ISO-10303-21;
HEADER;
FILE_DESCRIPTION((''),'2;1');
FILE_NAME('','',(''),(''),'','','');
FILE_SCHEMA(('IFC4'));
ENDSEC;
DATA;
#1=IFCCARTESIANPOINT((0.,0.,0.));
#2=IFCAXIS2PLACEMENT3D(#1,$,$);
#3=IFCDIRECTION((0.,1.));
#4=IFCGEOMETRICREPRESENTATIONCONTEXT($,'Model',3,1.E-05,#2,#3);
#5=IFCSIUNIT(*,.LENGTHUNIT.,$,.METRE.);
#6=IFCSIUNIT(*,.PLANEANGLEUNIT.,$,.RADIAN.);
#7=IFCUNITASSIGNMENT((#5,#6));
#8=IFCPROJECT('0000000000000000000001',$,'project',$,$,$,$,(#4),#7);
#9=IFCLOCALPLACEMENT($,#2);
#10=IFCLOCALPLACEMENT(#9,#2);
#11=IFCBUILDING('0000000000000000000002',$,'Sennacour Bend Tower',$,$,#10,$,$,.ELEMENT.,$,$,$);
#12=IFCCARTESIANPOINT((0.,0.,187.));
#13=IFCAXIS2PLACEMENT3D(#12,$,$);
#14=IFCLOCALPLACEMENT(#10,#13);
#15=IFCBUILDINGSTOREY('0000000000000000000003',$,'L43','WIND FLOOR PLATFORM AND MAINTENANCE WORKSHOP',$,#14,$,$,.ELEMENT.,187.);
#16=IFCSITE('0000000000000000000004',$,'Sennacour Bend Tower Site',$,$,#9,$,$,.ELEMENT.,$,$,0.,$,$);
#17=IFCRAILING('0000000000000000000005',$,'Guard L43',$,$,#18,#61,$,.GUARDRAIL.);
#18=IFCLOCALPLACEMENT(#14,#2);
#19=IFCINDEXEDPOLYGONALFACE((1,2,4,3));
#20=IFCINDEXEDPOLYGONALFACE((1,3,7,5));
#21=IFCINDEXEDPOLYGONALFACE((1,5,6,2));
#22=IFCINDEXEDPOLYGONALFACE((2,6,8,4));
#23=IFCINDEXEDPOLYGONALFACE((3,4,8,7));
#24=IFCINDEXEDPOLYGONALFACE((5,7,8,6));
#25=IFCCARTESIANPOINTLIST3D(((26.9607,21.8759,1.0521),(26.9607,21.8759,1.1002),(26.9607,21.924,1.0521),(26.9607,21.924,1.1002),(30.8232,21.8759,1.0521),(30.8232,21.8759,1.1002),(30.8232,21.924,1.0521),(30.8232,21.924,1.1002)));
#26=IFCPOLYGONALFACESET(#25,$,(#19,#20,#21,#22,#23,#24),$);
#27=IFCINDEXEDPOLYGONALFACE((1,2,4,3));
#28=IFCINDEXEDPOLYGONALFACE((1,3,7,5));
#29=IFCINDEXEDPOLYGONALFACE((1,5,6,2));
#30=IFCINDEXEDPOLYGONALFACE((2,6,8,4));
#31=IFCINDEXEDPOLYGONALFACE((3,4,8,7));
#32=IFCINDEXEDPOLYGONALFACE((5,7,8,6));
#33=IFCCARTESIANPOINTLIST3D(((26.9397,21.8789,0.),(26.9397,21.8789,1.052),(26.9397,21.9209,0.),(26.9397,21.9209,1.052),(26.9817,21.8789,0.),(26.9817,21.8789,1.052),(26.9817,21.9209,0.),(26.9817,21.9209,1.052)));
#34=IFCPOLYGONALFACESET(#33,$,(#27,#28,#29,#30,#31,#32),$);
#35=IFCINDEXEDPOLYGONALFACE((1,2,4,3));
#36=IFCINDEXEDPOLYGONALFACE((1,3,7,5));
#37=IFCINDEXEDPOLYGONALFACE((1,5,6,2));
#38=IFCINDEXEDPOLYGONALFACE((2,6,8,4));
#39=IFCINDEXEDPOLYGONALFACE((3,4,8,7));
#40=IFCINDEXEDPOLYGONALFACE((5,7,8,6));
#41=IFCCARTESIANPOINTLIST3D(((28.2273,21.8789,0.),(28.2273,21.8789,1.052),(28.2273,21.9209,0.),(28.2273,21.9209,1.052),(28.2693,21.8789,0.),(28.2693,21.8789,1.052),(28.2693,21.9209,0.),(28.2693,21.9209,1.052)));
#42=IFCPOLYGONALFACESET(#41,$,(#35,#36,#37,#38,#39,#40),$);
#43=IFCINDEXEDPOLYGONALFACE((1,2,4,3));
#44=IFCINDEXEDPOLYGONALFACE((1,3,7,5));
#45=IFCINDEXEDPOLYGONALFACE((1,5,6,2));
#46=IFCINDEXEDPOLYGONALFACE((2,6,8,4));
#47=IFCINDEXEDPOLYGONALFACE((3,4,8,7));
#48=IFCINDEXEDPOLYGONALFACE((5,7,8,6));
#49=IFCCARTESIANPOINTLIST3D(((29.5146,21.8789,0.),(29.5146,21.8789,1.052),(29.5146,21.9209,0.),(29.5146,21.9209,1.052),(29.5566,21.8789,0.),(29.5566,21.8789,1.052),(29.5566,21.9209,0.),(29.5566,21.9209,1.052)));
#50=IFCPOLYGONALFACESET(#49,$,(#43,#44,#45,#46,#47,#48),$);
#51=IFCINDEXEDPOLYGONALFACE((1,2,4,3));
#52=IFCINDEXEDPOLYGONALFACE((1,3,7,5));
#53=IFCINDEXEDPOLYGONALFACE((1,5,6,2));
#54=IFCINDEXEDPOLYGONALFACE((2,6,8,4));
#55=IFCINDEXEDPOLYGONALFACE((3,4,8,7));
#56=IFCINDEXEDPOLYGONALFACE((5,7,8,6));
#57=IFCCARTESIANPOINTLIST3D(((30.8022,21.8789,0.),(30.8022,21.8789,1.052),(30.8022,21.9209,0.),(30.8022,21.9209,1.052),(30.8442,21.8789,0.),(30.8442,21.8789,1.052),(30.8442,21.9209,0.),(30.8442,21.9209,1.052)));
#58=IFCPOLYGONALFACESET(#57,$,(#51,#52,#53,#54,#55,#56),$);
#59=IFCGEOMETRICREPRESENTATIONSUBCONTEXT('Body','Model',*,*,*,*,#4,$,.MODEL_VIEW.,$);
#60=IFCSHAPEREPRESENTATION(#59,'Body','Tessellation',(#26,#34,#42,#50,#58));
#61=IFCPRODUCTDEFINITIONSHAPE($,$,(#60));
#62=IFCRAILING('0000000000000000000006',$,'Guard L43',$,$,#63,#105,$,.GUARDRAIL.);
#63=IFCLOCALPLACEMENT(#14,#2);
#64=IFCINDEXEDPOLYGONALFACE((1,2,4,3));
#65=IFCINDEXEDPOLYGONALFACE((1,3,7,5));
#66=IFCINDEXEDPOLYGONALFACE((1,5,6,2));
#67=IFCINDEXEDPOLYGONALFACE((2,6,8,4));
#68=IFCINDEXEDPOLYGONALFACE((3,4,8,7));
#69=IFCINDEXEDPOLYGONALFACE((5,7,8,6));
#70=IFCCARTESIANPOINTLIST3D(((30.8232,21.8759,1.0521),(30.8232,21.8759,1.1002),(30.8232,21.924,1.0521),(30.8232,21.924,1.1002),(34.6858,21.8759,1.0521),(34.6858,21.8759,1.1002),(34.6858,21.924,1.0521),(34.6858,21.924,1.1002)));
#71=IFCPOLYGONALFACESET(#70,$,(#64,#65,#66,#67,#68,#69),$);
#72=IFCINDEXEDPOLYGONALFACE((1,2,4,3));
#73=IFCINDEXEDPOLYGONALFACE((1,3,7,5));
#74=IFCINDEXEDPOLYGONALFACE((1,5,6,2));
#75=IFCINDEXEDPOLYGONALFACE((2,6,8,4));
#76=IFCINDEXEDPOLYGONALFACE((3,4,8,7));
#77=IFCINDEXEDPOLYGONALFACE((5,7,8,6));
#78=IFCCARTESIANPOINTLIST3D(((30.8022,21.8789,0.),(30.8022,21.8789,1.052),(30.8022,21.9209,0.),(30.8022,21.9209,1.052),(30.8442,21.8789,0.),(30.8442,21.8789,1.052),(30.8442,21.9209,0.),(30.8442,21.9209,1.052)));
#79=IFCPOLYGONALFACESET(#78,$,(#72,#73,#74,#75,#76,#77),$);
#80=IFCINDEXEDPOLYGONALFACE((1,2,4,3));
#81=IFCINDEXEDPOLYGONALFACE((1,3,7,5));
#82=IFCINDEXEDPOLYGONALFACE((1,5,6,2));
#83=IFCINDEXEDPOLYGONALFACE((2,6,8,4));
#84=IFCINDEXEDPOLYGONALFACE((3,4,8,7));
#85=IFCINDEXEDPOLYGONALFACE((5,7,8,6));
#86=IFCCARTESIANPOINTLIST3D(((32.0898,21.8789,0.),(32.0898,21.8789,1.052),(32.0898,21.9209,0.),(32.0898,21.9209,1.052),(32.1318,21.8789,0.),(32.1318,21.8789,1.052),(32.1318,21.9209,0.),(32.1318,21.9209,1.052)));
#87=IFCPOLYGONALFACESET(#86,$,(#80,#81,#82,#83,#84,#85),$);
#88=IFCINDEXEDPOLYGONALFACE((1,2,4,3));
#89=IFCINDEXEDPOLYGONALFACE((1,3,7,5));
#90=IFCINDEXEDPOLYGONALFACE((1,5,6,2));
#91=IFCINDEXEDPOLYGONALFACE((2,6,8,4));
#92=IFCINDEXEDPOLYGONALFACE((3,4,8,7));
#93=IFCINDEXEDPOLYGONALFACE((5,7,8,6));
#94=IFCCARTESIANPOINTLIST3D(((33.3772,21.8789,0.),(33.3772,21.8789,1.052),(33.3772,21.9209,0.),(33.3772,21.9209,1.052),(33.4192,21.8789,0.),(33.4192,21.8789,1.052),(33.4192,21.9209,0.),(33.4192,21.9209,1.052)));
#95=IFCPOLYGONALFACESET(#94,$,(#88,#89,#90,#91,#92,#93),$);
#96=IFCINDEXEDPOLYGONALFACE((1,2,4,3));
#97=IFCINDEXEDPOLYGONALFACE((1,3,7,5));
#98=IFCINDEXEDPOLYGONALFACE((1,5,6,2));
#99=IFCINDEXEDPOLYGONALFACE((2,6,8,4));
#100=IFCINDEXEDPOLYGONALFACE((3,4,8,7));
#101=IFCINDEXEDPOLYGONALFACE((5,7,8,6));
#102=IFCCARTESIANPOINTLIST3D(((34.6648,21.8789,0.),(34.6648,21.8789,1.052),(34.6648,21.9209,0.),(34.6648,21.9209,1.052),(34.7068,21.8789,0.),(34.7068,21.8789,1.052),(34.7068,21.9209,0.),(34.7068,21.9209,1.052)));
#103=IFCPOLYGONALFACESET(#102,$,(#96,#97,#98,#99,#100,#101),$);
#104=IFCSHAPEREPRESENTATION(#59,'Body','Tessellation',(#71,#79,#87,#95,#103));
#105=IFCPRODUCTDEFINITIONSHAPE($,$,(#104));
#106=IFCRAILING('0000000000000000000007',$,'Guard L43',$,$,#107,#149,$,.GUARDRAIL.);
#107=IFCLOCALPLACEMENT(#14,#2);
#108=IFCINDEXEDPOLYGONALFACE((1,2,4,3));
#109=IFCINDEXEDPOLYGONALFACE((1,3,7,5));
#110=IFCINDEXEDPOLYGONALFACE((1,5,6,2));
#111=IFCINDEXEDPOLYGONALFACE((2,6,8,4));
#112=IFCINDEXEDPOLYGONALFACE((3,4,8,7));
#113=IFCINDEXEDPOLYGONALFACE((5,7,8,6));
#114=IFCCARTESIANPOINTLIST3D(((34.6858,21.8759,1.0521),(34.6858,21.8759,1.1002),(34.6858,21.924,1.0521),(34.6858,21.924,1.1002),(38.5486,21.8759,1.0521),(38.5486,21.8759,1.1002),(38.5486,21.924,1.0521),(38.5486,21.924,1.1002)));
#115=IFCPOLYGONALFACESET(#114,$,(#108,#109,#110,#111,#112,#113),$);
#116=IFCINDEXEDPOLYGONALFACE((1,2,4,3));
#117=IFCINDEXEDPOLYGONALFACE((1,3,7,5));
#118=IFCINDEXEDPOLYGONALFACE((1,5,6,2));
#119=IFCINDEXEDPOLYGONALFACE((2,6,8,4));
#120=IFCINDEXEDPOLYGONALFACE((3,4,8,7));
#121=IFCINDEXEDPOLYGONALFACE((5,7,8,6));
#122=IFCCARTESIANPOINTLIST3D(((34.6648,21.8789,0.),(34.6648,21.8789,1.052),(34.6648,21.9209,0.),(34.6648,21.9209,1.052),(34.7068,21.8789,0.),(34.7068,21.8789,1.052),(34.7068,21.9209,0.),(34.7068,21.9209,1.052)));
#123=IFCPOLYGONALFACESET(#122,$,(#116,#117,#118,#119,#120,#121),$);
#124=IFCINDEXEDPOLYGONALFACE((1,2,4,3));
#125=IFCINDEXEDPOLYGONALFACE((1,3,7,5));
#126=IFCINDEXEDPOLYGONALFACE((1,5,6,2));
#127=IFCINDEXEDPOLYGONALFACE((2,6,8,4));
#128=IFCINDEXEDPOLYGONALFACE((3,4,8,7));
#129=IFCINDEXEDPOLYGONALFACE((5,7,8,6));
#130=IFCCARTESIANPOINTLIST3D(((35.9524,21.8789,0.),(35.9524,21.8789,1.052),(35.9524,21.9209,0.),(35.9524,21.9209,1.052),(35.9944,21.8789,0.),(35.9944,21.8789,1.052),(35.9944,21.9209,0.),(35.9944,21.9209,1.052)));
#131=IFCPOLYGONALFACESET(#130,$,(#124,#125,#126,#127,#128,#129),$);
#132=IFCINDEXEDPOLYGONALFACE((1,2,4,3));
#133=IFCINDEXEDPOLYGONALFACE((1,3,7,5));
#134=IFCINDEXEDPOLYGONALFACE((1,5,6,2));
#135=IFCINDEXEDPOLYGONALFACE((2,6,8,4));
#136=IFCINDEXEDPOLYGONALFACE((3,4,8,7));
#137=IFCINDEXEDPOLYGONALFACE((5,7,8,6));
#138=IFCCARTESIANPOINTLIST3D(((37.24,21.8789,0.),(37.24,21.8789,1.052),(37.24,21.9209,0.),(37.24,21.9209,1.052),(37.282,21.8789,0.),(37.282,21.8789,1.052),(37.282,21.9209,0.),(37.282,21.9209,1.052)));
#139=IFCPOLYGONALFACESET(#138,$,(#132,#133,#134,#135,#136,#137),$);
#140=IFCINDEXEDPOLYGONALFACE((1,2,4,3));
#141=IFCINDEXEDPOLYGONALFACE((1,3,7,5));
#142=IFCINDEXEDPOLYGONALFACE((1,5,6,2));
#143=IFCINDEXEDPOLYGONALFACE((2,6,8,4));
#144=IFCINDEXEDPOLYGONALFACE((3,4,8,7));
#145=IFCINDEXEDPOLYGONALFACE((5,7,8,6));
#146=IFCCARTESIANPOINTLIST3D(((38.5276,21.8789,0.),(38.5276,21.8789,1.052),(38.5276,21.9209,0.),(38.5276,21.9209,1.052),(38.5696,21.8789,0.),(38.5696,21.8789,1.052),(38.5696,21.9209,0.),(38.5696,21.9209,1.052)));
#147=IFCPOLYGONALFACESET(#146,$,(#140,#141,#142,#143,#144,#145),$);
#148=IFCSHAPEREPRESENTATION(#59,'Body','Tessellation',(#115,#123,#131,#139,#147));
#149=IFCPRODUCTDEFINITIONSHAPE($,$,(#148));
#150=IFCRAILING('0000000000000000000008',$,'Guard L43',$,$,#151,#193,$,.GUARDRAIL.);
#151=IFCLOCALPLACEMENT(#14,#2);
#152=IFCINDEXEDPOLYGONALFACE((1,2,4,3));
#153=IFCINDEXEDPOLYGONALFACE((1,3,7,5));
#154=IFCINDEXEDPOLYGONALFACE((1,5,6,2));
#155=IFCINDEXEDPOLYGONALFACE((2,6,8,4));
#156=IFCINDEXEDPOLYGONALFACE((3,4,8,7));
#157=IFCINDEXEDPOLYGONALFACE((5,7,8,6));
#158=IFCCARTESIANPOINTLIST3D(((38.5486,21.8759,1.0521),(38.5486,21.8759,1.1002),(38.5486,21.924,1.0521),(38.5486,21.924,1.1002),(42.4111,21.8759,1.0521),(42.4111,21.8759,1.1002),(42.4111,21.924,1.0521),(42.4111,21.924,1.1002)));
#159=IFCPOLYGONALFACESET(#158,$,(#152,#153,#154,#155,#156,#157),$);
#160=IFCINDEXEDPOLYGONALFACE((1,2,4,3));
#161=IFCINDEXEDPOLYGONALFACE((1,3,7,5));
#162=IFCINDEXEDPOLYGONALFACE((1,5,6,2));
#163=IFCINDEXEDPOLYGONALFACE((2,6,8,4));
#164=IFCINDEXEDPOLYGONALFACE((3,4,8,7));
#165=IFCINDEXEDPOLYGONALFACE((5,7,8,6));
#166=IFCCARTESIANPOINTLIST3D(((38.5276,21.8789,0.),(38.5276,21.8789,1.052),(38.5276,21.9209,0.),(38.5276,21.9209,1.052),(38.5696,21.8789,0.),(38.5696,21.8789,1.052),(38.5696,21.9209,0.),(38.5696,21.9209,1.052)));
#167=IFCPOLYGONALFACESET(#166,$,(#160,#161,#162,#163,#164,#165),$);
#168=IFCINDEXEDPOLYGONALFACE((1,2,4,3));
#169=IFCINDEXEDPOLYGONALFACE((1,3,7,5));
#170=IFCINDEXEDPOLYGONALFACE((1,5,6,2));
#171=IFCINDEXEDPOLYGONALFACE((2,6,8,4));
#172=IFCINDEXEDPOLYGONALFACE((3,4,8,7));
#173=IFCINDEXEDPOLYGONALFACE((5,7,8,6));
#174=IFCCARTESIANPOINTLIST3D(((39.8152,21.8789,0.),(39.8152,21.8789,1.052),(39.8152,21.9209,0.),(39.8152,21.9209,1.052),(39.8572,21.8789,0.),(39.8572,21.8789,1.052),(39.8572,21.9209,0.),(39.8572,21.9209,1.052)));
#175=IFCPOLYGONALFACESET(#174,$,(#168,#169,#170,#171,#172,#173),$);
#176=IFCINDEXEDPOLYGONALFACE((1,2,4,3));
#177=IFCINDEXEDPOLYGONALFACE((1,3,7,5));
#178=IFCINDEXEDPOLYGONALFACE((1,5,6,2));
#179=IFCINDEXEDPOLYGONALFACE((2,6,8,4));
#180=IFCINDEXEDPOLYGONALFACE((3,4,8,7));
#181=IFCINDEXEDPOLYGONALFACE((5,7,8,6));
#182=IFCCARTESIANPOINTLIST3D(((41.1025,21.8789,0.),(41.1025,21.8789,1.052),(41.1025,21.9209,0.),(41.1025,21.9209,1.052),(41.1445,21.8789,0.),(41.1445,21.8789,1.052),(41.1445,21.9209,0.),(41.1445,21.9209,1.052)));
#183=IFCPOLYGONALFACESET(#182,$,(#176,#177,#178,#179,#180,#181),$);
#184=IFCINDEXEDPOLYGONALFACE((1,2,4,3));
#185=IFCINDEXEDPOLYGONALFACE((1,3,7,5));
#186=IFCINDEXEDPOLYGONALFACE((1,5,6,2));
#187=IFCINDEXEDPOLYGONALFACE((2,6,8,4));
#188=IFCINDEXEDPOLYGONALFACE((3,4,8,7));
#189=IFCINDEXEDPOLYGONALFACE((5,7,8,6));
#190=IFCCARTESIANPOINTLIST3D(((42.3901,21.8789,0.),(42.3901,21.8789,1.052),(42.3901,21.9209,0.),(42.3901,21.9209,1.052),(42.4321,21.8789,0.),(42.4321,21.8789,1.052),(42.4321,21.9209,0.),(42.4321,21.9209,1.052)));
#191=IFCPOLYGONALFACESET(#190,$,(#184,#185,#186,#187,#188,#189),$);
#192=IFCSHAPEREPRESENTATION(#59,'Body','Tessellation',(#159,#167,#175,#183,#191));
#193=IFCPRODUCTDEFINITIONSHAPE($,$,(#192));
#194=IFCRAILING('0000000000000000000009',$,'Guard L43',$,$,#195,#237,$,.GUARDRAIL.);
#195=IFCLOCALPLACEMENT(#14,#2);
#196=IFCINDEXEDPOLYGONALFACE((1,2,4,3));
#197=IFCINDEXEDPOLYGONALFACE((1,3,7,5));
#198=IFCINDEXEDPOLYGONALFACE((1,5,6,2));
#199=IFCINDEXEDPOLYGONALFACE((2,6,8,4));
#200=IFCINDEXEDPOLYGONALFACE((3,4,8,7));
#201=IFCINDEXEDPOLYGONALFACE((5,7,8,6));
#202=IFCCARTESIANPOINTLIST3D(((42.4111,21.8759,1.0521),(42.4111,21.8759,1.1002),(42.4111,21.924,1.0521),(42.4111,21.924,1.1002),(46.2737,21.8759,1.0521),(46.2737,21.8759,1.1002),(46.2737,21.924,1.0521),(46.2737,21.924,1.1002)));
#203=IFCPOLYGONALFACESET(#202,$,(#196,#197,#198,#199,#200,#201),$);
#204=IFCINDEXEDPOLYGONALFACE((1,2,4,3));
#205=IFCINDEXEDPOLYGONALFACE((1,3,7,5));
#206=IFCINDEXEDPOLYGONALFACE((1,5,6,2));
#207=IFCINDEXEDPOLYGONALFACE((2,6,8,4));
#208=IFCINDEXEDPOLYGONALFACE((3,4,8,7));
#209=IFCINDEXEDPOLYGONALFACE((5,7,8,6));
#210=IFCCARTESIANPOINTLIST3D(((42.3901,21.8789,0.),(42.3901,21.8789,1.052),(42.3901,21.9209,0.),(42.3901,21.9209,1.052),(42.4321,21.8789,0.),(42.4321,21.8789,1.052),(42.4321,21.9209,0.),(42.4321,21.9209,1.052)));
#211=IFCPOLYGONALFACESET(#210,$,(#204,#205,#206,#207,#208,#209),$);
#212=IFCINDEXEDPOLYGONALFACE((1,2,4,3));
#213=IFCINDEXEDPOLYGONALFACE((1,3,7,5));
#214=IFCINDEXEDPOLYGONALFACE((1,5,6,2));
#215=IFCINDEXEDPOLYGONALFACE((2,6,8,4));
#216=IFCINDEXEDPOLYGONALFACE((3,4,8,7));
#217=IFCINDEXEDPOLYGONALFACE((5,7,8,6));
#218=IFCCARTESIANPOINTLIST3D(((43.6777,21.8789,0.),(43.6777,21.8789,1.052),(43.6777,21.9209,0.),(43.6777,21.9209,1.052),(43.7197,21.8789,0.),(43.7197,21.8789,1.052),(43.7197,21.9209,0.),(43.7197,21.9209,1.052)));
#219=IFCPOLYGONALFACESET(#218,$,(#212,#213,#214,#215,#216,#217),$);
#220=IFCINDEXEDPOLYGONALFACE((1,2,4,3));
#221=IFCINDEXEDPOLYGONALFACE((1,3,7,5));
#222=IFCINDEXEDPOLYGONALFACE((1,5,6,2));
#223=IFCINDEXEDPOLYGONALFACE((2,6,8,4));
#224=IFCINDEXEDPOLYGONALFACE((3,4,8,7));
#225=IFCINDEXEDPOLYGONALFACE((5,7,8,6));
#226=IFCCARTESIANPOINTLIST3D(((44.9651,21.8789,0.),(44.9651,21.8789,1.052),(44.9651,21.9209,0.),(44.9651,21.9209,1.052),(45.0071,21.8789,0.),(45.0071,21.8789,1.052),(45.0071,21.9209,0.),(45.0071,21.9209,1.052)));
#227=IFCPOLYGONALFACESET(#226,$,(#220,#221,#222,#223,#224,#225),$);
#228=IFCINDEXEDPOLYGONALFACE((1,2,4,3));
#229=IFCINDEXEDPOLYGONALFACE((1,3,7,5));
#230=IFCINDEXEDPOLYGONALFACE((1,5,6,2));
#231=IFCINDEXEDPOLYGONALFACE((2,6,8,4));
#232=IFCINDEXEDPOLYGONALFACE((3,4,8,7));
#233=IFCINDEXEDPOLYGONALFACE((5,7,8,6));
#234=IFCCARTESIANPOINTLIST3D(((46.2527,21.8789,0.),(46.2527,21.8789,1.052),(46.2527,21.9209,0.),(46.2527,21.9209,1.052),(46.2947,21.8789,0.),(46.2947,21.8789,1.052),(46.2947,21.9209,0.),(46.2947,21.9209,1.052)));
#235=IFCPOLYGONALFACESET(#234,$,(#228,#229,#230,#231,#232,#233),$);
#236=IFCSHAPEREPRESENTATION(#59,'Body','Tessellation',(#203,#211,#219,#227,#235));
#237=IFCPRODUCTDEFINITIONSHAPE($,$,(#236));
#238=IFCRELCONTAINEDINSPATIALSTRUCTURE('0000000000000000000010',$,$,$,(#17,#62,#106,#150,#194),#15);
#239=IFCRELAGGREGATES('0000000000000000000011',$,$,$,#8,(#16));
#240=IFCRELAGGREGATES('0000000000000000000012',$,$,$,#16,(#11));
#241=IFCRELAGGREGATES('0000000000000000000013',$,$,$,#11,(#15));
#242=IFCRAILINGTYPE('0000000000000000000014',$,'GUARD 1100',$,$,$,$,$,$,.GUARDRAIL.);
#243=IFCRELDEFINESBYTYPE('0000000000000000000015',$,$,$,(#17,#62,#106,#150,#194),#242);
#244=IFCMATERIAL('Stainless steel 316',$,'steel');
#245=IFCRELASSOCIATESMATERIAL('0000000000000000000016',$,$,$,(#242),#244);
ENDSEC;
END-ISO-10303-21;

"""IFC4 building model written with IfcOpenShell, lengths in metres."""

from ifc_helpers import new_model, si_unit, direction, frame, origin, origin_2d, place, context, subcontext, project, spatial, rectangle, extrude, material, type_object, element, save


model = new_model("IFC4")

# Units and contexts
model_context = context("Model", 3, precision=1e-05, world=origin(), true_north=direction((0.0, 1.0)))
body_context = subcontext(model_context, "Body", "Model", "MODEL_VIEW")
ifc_project = project(units=[si_unit("LENGTHUNIT", "METRE"), si_unit("PLANEANGLEUNIT", "RADIAN")], contexts=[model_context])

# Site, building, storey
site_placement = place(None, origin())
site = spatial("IfcSite", under=ifc_project, at=site_placement, Name="Sennacour Bend Tower Site", CompositionType="ELEMENT", RefElevation=0.0)
building_placement = place(site_placement, origin())
building = spatial("IfcBuilding", under=site, at=building_placement, Name="Sennacour Bend Tower", CompositionType="ELEMENT")
storey_placement = place(building_placement, frame((0.0, 0.0, 187.0)))
storey = spatial("IfcBuildingStorey", under=building, at=storey_placement, Name="L43", Description="WIND FLOOR PLATFORM AND MAINTENANCE WORKSHOP", CompositionType="ELEMENT", Elevation=187.0)

# Railings
ifc_material_1 = material(Name="Stainless steel 316", Category="steel")
railing_type = type_object("IfcRailingType", Name="GUARD 1100", PredefinedType="GUARDRAIL", material=ifc_material_1)
for number, where, name in (
    (1, (26.9607, 21.8999, 0.0), "Guard L43"),
    (2, (30.8232, 21.8999, 0.0), "Guard L43"),
):
    element("IfcRailing", number, at=place(storey_placement, frame(where)), inside=storey, type_object=railing_type, Name=name, PredefinedType="GUARDRAIL", context=body_context, shape_type="SweptSolid", body=[
        extrude(rectangle(XDim=0.0481, YDim=0.0481, at=origin_2d()), frame((0.0, 0.0, 1.0762), z_axis=(1.0, 0.0, 0.0), x_axis=(0.0, 1.0, 0.0)), (0.0, 0.0, 1.0), 3.8625),
        extrude(rectangle(XDim=0.042, YDim=0.042, at=origin_2d()), origin(), (0.0, 0.0, 1.0), 1.052),
        extrude(rectangle(XDim=0.042, YDim=0.042, at=origin_2d()), frame((1.2876, 0.0, 0.0)), (0.0, 0.0, 1.0), 1.052),
        extrude(rectangle(XDim=0.042, YDim=0.042, at=origin_2d()), frame((2.575, 0.0, 0.0)), (0.0, 0.0, 1.0), 1.052),
        extrude(rectangle(XDim=0.042, YDim=0.042, at=origin_2d()), frame((3.8625, 0.0, 0.0)), (0.0, 0.0, 1.0), 1.052),
    ])
railing_1_placement = place(storey_placement, frame((34.6858, 21.8999, 0.0)))
element("IfcRailing", 3, at=railing_1_placement, inside=storey, type_object=railing_type, Name="Guard L43", PredefinedType="GUARDRAIL", context=body_context, shape_type="SweptSolid", body=[
    extrude(rectangle(XDim=0.0481, YDim=0.0481, at=origin_2d()), frame((0.0, 0.0, 1.0762), z_axis=(1.0, 0.0, 0.0), x_axis=(0.0, 1.0, 0.0)), (0.0, 0.0, 1.0), 3.8628),
    extrude(rectangle(XDim=0.042, YDim=0.042, at=origin_2d()), origin(), (0.0, 0.0, 1.0), 1.052),
    extrude(rectangle(XDim=0.042, YDim=0.042, at=origin_2d()), frame((1.2876, 0.0, 0.0)), (0.0, 0.0, 1.0), 1.052),
    extrude(rectangle(XDim=0.042, YDim=0.042, at=origin_2d()), frame((2.5752, 0.0, 0.0)), (0.0, 0.0, 1.0), 1.052),
    extrude(rectangle(XDim=0.042, YDim=0.042, at=origin_2d()), frame((3.8628, 0.0, 0.0)), (0.0, 0.0, 1.0), 1.052),
])
for number, where, name in (
    (4, (38.5486, 21.8999, 0.0), "Guard L43"),
    (5, (42.4111, 21.8999, 0.0), "Guard L43"),
):
    element("IfcRailing", number, at=place(storey_placement, frame(where)), inside=storey, type_object=railing_type, Name=name, PredefinedType="GUARDRAIL", context=body_context, shape_type="SweptSolid", body=[
        extrude(rectangle(XDim=0.0481, YDim=0.0481, at=origin_2d()), frame((0.0, 0.0, 1.0762), z_axis=(1.0, 0.0, 0.0), x_axis=(0.0, 1.0, 0.0)), (0.0, 0.0, 1.0), 3.8625),
        extrude(rectangle(XDim=0.042, YDim=0.042, at=origin_2d()), origin(), (0.0, 0.0, 1.0), 1.052),
        extrude(rectangle(XDim=0.042, YDim=0.042, at=origin_2d()), frame((1.2876, 0.0, 0.0)), (0.0, 0.0, 1.0), 1.052),
        extrude(rectangle(XDim=0.042, YDim=0.042, at=origin_2d()), frame((2.575, 0.0, 0.0)), (0.0, 0.0, 1.0), 1.052),
        extrude(rectangle(XDim=0.042, YDim=0.042, at=origin_2d()), frame((3.8625, 0.0, 0.0)), (0.0, 0.0, 1.0), 1.052),
    ])

save(model, "model.ifc")
